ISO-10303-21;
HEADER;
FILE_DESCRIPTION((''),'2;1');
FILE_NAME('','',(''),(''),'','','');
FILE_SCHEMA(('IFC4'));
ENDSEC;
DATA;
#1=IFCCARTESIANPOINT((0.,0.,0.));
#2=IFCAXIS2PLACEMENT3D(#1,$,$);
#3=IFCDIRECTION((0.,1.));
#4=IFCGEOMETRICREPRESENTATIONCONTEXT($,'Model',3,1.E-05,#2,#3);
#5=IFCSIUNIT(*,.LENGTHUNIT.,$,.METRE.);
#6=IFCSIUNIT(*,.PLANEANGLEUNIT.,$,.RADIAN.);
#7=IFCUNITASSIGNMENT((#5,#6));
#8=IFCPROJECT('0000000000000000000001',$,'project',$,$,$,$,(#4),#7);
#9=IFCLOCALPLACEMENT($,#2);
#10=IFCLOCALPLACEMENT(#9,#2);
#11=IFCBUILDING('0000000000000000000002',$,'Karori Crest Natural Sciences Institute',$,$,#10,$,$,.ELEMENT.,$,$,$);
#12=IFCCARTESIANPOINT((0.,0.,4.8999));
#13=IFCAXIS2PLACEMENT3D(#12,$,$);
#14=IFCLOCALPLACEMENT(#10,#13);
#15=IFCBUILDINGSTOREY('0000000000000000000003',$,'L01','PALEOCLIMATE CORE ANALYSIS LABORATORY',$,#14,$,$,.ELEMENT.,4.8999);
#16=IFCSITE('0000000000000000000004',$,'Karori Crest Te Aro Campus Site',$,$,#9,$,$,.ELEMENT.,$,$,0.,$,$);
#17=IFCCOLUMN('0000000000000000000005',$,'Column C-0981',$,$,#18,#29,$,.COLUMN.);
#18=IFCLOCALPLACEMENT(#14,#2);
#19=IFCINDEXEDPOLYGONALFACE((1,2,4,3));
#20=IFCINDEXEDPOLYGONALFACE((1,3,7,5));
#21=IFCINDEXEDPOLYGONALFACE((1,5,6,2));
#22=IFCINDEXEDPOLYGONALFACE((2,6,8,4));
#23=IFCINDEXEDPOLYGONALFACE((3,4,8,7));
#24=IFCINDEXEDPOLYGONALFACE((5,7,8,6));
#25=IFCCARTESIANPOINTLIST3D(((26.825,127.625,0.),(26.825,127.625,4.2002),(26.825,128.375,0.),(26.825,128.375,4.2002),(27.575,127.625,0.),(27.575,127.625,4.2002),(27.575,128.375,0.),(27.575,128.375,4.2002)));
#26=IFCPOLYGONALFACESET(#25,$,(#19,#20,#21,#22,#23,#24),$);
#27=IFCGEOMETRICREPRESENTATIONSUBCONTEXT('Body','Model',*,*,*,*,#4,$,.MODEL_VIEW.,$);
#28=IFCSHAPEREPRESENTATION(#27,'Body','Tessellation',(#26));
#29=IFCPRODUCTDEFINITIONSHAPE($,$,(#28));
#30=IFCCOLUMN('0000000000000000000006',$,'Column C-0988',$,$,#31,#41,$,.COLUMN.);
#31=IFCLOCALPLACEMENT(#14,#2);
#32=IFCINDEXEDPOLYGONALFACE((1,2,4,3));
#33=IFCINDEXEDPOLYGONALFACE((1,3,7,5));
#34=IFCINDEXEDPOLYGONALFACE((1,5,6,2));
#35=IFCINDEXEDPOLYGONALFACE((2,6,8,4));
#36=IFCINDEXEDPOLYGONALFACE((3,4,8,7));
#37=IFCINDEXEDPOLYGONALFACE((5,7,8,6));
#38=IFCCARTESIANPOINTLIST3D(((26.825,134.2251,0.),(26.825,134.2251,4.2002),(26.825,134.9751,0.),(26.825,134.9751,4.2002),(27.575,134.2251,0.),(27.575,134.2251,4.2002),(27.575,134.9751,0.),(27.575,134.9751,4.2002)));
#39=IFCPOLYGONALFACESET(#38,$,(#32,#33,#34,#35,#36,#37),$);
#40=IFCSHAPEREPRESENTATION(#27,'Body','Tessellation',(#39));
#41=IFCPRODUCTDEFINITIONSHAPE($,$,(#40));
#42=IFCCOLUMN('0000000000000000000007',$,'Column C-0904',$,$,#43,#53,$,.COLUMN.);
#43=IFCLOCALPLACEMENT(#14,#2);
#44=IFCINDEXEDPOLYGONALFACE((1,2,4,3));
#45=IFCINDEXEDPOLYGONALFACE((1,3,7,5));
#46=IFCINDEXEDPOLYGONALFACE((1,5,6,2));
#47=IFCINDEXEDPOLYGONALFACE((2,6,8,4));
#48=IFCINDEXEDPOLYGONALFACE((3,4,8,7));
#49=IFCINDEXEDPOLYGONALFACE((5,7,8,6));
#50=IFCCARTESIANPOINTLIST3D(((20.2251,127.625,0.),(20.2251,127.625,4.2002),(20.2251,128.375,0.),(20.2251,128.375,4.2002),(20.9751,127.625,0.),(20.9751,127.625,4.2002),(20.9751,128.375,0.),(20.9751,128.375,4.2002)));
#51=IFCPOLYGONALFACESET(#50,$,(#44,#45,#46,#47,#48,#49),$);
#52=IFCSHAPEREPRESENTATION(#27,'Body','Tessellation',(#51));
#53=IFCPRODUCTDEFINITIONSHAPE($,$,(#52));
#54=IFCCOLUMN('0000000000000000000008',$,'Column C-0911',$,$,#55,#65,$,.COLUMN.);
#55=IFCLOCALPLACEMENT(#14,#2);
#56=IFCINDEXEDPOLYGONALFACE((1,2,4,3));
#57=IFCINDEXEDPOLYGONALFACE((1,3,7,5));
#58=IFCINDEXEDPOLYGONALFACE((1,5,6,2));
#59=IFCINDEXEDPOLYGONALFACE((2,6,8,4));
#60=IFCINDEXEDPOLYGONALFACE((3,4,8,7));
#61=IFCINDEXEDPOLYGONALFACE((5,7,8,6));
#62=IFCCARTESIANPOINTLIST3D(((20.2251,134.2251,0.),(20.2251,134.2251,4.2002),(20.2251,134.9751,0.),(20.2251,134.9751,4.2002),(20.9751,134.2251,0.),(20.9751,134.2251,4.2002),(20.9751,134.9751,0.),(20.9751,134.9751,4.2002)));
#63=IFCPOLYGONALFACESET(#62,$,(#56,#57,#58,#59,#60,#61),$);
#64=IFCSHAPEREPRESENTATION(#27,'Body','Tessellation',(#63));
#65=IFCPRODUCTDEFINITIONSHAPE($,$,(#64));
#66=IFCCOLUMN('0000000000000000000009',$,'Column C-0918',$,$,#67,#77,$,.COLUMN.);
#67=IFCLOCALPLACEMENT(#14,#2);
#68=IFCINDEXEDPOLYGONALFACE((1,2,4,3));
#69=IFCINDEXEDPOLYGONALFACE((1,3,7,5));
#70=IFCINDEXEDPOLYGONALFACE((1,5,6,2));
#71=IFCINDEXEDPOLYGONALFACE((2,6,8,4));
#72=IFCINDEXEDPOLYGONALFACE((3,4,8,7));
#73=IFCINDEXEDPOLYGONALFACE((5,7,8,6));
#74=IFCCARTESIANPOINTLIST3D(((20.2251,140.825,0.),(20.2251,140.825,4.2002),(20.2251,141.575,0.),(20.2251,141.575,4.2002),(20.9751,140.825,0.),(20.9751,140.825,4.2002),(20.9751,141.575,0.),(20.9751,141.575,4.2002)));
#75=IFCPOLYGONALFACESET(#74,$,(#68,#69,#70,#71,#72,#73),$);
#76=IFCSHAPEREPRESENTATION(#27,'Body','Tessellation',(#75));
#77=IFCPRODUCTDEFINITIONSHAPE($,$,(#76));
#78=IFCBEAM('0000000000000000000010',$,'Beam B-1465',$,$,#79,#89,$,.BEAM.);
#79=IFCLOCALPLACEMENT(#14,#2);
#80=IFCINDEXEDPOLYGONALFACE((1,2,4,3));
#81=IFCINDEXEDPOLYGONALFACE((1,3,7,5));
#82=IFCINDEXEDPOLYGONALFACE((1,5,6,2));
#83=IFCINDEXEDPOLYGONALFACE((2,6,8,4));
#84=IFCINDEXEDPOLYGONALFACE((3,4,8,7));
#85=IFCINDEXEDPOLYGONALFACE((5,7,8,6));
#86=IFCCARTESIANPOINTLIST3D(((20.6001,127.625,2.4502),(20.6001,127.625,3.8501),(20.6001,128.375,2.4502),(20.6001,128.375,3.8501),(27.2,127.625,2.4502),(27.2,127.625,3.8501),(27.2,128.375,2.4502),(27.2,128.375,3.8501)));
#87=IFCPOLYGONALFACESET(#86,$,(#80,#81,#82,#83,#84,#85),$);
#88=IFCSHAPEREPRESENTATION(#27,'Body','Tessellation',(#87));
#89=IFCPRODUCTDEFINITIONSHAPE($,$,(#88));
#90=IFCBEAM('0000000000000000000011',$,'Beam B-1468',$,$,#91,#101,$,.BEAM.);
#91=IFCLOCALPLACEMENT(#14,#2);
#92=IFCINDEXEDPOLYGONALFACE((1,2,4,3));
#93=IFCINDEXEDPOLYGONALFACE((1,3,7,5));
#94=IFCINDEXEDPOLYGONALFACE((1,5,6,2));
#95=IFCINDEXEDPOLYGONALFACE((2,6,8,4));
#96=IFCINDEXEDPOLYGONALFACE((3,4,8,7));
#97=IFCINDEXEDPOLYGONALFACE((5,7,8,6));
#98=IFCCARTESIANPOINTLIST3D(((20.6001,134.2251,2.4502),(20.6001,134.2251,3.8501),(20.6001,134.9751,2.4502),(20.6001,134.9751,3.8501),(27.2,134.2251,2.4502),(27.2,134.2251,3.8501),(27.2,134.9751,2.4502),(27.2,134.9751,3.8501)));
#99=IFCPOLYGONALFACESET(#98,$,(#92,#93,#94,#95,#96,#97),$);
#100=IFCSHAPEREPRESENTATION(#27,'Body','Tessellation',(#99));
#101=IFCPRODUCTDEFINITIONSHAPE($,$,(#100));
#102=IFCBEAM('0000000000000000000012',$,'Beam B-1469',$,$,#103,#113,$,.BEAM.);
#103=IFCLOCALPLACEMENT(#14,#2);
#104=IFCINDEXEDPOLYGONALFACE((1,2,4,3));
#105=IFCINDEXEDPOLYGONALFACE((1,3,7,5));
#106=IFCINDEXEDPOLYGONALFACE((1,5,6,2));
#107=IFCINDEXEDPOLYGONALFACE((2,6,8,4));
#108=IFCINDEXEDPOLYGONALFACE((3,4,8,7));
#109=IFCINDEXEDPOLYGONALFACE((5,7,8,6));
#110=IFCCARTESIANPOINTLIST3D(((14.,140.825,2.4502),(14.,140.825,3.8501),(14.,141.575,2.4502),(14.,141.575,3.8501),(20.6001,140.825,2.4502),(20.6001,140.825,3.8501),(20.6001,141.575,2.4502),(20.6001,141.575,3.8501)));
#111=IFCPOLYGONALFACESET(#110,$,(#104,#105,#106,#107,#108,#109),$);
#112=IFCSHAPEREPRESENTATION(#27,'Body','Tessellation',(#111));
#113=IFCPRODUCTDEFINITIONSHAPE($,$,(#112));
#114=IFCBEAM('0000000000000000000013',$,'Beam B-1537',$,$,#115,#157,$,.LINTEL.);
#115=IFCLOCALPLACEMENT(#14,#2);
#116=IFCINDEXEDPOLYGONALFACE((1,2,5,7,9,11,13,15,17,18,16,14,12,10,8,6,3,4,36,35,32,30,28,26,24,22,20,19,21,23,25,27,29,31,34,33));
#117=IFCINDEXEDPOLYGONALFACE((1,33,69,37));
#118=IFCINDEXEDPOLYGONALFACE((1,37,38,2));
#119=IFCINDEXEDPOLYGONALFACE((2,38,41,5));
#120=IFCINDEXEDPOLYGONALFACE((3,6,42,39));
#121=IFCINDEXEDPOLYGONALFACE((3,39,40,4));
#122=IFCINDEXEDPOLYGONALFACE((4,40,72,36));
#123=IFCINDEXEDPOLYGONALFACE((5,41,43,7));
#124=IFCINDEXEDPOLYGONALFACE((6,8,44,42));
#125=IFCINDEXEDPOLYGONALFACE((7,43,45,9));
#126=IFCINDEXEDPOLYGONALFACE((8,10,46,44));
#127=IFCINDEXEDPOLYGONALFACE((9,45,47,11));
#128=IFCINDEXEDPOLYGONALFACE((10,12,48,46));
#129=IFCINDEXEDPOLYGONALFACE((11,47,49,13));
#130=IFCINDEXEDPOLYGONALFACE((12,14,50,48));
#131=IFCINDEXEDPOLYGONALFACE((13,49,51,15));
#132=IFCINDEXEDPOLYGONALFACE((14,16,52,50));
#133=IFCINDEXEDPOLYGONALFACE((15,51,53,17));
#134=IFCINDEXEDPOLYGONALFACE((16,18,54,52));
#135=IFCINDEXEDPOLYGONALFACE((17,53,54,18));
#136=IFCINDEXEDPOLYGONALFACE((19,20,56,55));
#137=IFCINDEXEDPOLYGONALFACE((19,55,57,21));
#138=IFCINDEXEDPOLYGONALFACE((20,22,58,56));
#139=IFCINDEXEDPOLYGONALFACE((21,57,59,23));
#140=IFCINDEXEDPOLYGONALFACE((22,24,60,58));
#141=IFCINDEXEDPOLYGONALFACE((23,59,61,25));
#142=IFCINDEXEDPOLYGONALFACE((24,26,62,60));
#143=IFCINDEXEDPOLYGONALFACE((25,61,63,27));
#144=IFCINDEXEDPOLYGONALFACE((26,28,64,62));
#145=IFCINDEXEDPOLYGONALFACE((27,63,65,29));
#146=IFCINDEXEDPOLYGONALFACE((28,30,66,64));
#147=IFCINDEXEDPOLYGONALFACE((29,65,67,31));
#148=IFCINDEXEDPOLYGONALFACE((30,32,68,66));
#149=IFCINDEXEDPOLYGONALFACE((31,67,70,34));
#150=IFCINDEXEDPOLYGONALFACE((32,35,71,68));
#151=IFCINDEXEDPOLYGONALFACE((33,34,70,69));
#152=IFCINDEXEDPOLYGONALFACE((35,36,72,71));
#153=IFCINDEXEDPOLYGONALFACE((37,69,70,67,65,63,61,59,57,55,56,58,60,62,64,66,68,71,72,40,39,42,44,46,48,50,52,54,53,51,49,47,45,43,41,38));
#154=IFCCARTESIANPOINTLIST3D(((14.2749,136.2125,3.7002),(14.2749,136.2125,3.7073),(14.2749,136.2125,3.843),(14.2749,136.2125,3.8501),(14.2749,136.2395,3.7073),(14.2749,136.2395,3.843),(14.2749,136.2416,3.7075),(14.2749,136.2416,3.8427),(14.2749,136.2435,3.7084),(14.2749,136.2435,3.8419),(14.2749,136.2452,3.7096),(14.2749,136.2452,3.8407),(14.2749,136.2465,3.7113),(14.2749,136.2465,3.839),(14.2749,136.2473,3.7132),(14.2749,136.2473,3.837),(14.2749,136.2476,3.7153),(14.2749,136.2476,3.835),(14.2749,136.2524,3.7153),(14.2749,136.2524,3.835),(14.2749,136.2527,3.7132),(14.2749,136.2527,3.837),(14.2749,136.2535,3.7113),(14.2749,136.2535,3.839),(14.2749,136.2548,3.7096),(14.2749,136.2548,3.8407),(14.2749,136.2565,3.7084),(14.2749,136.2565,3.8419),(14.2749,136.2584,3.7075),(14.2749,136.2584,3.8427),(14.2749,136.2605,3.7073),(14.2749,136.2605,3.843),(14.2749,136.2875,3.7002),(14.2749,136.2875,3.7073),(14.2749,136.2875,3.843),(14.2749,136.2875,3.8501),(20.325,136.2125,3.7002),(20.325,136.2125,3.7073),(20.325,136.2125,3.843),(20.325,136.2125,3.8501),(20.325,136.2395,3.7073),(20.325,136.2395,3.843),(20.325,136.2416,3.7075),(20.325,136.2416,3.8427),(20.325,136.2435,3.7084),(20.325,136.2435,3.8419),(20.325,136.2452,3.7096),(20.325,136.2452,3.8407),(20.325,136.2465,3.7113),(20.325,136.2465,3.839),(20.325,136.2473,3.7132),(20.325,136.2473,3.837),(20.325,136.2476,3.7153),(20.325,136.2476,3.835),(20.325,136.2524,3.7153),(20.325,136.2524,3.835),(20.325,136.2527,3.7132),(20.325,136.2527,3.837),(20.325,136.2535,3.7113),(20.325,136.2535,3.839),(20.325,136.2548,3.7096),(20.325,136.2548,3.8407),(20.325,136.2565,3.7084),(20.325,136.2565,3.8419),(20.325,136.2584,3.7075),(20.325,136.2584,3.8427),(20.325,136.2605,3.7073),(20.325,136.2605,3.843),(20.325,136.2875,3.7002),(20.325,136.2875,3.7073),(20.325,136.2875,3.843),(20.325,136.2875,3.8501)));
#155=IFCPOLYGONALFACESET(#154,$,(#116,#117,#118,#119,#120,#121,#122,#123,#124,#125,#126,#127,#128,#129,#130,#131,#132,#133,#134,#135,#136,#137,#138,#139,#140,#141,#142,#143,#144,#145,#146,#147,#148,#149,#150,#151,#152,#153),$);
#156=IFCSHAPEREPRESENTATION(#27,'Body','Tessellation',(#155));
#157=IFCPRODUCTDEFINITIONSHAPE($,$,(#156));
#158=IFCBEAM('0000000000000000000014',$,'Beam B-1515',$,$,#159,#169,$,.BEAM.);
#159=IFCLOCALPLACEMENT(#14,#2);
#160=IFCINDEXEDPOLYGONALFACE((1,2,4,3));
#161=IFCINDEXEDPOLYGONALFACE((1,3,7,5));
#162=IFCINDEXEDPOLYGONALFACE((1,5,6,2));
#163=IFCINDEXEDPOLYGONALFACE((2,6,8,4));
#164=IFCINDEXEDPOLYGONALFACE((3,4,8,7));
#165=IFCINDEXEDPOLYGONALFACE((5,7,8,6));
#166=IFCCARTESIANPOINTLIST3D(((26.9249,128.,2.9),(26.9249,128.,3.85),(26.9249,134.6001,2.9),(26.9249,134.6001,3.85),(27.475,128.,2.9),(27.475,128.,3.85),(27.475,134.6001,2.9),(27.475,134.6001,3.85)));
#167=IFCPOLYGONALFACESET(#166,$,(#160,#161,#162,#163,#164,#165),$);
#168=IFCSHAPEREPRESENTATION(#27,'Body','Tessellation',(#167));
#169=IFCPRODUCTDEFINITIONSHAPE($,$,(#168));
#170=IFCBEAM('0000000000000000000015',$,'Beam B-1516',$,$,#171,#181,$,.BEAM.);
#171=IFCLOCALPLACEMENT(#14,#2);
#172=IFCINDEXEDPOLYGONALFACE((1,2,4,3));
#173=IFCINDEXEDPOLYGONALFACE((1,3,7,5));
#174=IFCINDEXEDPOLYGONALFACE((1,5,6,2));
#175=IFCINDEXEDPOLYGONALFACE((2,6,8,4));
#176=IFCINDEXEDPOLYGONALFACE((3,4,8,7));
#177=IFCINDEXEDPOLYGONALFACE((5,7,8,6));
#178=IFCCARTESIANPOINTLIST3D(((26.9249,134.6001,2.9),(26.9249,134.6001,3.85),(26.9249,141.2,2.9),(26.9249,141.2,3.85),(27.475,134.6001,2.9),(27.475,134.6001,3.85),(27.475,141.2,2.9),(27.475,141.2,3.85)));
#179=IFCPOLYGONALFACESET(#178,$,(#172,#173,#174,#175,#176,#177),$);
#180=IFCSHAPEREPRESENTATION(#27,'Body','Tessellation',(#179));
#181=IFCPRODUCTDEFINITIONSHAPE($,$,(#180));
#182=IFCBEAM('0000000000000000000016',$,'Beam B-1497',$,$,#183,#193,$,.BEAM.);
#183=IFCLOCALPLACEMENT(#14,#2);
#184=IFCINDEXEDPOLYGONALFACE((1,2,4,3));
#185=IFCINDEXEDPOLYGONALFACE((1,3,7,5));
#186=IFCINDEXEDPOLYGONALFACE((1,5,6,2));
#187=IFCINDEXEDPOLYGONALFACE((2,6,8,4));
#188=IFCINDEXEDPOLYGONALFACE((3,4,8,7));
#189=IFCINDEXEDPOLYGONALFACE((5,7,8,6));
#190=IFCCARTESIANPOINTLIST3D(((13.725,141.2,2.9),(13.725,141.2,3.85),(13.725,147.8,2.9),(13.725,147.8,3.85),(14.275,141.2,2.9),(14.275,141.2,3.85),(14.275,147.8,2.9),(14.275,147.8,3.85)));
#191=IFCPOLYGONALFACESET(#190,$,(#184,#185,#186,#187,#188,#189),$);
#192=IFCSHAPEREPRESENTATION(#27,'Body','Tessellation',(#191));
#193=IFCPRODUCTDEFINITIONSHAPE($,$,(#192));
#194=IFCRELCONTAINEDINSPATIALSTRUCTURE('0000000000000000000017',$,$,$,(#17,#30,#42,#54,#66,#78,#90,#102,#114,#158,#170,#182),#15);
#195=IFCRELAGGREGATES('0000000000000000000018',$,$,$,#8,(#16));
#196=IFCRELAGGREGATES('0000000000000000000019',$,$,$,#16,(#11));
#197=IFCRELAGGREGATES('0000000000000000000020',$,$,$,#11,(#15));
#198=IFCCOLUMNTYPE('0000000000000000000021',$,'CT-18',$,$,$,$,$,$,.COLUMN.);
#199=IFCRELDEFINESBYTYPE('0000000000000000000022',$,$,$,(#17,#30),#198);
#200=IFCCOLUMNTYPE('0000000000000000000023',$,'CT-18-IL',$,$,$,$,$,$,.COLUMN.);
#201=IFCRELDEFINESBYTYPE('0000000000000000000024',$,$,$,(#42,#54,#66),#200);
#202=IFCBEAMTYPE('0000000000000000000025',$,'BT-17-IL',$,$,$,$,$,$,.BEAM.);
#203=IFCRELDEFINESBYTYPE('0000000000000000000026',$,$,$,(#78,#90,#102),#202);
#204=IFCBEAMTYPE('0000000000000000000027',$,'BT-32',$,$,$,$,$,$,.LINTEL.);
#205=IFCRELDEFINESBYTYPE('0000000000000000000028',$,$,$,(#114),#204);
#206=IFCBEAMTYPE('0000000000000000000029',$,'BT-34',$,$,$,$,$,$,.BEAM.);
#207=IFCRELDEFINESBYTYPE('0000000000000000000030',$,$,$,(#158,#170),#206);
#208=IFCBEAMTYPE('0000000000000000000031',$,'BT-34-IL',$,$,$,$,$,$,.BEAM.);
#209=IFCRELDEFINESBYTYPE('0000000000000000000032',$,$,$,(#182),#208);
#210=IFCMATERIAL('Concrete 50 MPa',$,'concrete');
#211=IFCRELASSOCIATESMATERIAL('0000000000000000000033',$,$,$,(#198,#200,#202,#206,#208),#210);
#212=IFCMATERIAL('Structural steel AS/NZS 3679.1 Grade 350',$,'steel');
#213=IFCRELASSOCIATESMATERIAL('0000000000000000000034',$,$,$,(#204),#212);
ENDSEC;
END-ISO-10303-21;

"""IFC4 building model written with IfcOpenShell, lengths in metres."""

from ifc_helpers import new_model, si_unit, direction, frame, origin, origin_2d, place, context, subcontext, project, spatial, rectangle, i_section, extrude, material, material_profile, profile_set, type_object, element, save


model = new_model("IFC4")

# Units and contexts
model_context = context("Model", 3, precision=1e-05, world=origin(), true_north=direction((0.0, 1.0)))
body_context = subcontext(model_context, "Body", "Model", "MODEL_VIEW")
ifc_project = project(units=[si_unit("LENGTHUNIT", "METRE"), si_unit("PLANEANGLEUNIT", "RADIAN")], contexts=[model_context])

# Site, building, storey
site_placement = place(None, origin())
site = spatial("IfcSite", under=ifc_project, at=site_placement, Name="Karori Crest Te Aro Campus Site", CompositionType="ELEMENT", RefElevation=0.0)
building_placement = place(site_placement, origin())
building = spatial("IfcBuilding", under=site, at=building_placement, Name="Karori Crest Natural Sciences Institute", CompositionType="ELEMENT")
storey_placement = place(building_placement, frame((0.0, 0.0, 4.8999)))
storey = spatial("IfcBuildingStorey", under=building, at=storey_placement, Name="L01", Description="PALEOCLIMATE CORE ANALYSIS LABORATORY", CompositionType="ELEMENT", Elevation=4.8999)

# Columns
ifc_material_1 = material(Name="Concrete 50 MPa", Category="concrete")
ifc_material_profile_1 = material_profile(ifc_material_1, rectangle(XDim=0.75, YDim=0.75, at=origin_2d()), Name="RC750x750")
ifc_profile_set_1 = profile_set([ifc_material_profile_1], Name="Concrete 50 MPa")
column_type_1 = type_object("IfcColumnType", Name="CT-18", PredefinedType="COLUMN", material=ifc_profile_set_1)
for number, where, z_axis, x_axis, name in (
    (1, (27.2, 128.0, 0.0), (0.0, 0.0, 1.0), (1.0, 0.0, 0.0), "Column C-0981"),
    (2, (27.2, 134.6001, 0.0), (0.0, 0.0, 1.0), (1.0, 0.0, 0.0), "Column C-0988"),
):
    element("IfcColumn", number, at=place(storey_placement, frame(where, z_axis=z_axis, x_axis=x_axis)), inside=storey, type_object=column_type_1, Name=name, PredefinedType="COLUMN", context=body_context, shape_type="SweptSolid", body=[
        extrude(rectangle(XDim=0.75, YDim=0.75, at=origin_2d()), origin(), (0.0, 0.0, 1.0), 4.2002),
    ])
ifc_material_profile_2 = material_profile(ifc_material_1, rectangle(XDim=0.75, YDim=0.75, at=origin_2d()), Name="RC750x750")
ifc_profile_set_2 = profile_set([ifc_material_profile_2], Name="Concrete 50 MPa")
column_type_2 = type_object("IfcColumnType", Name="CT-18-IL", PredefinedType="COLUMN", material=ifc_profile_set_2)
for number, where, z_axis, x_axis, name in (
    (3, (20.6001, 128.0, 0.0), (0.0, 0.0, 1.0), (1.0, 0.0, 0.0), "Column C-0904"),
    (4, (20.6001, 134.6001, 0.0), (0.0, 0.0, 1.0), (1.0, 0.0, 0.0), "Column C-0911"),
    (5, (20.6001, 141.2, 0.0), (0.0, 0.0, 1.0), (1.0, 0.0, 0.0), "Column C-0918"),
):
    element("IfcColumn", number, at=place(storey_placement, frame(where, z_axis=z_axis, x_axis=x_axis)), inside=storey, type_object=column_type_2, Name=name, PredefinedType="COLUMN", context=body_context, shape_type="SweptSolid", body=[
        extrude(rectangle(XDim=0.75, YDim=0.75, at=origin_2d()), origin(), (0.0, 0.0, 1.0), 4.2002),
    ])

# Beams
ifc_material_profile_3 = material_profile(ifc_material_1, rectangle(XDim=0.75, YDim=1.3999, at=origin_2d()), Name="RCB750x1400")
ifc_profile_set_3 = profile_set([ifc_material_profile_3], Name="Concrete 50 MPa")
beam_type_1 = type_object("IfcBeamType", Name="BT-17-IL", PredefinedType="BEAM", material=ifc_profile_set_3)
for number, where, z_axis, x_axis, name in (
    (6, (20.6001, 128.0, 3.1501), (1.0, 0.0, 0.0), (0.0, 1.0, 0.0), "Beam B-1465"),
    (7, (20.6001, 134.6001, 3.1501), (1.0, 0.0, 0.0), (0.0, 1.0, 0.0), "Beam B-1468"),
):
    element("IfcBeam", number, at=place(storey_placement, frame(where, z_axis=z_axis, x_axis=x_axis)), inside=storey, type_object=beam_type_1, Name=name, PredefinedType="BEAM", context=body_context, shape_type="SweptSolid", body=[
        extrude(rectangle(XDim=0.75, YDim=1.3999, at=origin_2d()), origin(), (0.0, 0.0, 1.0), 6.5999),
    ])
beam_1_placement = place(storey_placement, frame((14.0, 141.2, 3.1501), z_axis=(1.0, 0.0, 0.0), x_axis=(0.0, 1.0, 0.0)))
element("IfcBeam", 8, at=beam_1_placement, inside=storey, type_object=beam_type_1, Name="Beam B-1469", PredefinedType="BEAM", context=body_context, shape_type="SweptSolid", body=[
    extrude(rectangle(XDim=0.75, YDim=1.3999, at=origin_2d()), origin(), (0.0, 0.0, 1.0), 6.6001),
])
ifc_material_2 = material(Name="Structural steel AS/NZS 3679.1 Grade 350", Category="steel")
ifc_material_profile_4 = material_profile(ifc_material_2, i_section(OverallWidth=0.075, OverallDepth=0.1499, WebThickness=0.0049, FlangeThickness=0.0071, FilletRadius=0.0081, at=origin_2d()), Name="150UB14.0")
ifc_profile_set_4 = profile_set([ifc_material_profile_4], Name="Structural steel AS/NZS 3679.1 Grade 350")
beam_type_2 = type_object("IfcBeamType", Name="BT-32", PredefinedType="LINTEL", material=ifc_profile_set_4)
beam_2_placement = place(storey_placement, frame((14.2749, 136.25, 3.7751), z_axis=(1.0, 0.0, 0.0), x_axis=(0.0, 1.0, 0.0)))
element("IfcBeam", 9, at=beam_2_placement, inside=storey, type_object=beam_type_2, Name="Beam B-1537", PredefinedType="LINTEL", context=body_context, shape_type="SweptSolid", body=[
    extrude(i_section(OverallWidth=0.075, OverallDepth=0.1499, WebThickness=0.0049, FlangeThickness=0.0071, FilletRadius=0.0081, at=origin_2d()), origin(), (0.0, 0.0, 1.0), 6.05),
])
ifc_material_profile_5 = material_profile(ifc_material_1, rectangle(XDim=0.55, YDim=0.95, at=origin_2d()), Name="RCB550x950")
ifc_profile_set_5 = profile_set([ifc_material_profile_5], Name="Concrete 50 MPa")
beam_type_3 = type_object("IfcBeamType", Name="BT-34", PredefinedType="BEAM", material=ifc_profile_set_5)
beam_3_placement = place(storey_placement, frame((27.2, 128.0, 3.375), z_axis=(0.0, 1.0, 0.0), x_axis=(-1.0, 0.0, 0.0)))
element("IfcBeam", 10, at=beam_3_placement, inside=storey, type_object=beam_type_3, Name="Beam B-1515", PredefinedType="BEAM", context=body_context, shape_type="SweptSolid", body=[
    extrude(rectangle(XDim=0.55, YDim=0.95, at=origin_2d()), origin(), (0.0, 0.0, 1.0), 6.6001),
])
beam_4_placement = place(storey_placement, frame((27.2, 134.6001, 3.375), z_axis=(0.0, 1.0, 0.0), x_axis=(-1.0, 0.0, 0.0)))
element("IfcBeam", 11, at=beam_4_placement, inside=storey, type_object=beam_type_3, Name="Beam B-1516", PredefinedType="BEAM", context=body_context, shape_type="SweptSolid", body=[
    extrude(rectangle(XDim=0.55, YDim=0.95, at=origin_2d()), origin(), (0.0, 0.0, 1.0), 6.5999),
])
ifc_material_profile_6 = material_profile(ifc_material_1, rectangle(XDim=0.55, YDim=0.95, at=origin_2d()), Name="RCB550x950")
ifc_profile_set_6 = profile_set([ifc_material_profile_6], Name="Concrete 50 MPa")
beam_type_4 = type_object("IfcBeamType", Name="BT-34-IL", PredefinedType="BEAM", material=ifc_profile_set_6)
for number, where, z_axis, x_axis, name in (
    (12, (14.0, 141.2, 3.375), (0.0, 1.0, 0.0), (-1.0, 0.0, 0.0), "Beam B-1497"),
):
    element("IfcBeam", number, at=place(storey_placement, frame(where, z_axis=z_axis, x_axis=x_axis)), inside=storey, type_object=beam_type_4, Name=name, PredefinedType="BEAM", context=body_context, shape_type="SweptSolid", body=[
        extrude(rectangle(XDim=0.55, YDim=0.95, at=origin_2d()), origin(), (0.0, 0.0, 1.0), 6.6001),
    ])

save(model, "model.ifc")
